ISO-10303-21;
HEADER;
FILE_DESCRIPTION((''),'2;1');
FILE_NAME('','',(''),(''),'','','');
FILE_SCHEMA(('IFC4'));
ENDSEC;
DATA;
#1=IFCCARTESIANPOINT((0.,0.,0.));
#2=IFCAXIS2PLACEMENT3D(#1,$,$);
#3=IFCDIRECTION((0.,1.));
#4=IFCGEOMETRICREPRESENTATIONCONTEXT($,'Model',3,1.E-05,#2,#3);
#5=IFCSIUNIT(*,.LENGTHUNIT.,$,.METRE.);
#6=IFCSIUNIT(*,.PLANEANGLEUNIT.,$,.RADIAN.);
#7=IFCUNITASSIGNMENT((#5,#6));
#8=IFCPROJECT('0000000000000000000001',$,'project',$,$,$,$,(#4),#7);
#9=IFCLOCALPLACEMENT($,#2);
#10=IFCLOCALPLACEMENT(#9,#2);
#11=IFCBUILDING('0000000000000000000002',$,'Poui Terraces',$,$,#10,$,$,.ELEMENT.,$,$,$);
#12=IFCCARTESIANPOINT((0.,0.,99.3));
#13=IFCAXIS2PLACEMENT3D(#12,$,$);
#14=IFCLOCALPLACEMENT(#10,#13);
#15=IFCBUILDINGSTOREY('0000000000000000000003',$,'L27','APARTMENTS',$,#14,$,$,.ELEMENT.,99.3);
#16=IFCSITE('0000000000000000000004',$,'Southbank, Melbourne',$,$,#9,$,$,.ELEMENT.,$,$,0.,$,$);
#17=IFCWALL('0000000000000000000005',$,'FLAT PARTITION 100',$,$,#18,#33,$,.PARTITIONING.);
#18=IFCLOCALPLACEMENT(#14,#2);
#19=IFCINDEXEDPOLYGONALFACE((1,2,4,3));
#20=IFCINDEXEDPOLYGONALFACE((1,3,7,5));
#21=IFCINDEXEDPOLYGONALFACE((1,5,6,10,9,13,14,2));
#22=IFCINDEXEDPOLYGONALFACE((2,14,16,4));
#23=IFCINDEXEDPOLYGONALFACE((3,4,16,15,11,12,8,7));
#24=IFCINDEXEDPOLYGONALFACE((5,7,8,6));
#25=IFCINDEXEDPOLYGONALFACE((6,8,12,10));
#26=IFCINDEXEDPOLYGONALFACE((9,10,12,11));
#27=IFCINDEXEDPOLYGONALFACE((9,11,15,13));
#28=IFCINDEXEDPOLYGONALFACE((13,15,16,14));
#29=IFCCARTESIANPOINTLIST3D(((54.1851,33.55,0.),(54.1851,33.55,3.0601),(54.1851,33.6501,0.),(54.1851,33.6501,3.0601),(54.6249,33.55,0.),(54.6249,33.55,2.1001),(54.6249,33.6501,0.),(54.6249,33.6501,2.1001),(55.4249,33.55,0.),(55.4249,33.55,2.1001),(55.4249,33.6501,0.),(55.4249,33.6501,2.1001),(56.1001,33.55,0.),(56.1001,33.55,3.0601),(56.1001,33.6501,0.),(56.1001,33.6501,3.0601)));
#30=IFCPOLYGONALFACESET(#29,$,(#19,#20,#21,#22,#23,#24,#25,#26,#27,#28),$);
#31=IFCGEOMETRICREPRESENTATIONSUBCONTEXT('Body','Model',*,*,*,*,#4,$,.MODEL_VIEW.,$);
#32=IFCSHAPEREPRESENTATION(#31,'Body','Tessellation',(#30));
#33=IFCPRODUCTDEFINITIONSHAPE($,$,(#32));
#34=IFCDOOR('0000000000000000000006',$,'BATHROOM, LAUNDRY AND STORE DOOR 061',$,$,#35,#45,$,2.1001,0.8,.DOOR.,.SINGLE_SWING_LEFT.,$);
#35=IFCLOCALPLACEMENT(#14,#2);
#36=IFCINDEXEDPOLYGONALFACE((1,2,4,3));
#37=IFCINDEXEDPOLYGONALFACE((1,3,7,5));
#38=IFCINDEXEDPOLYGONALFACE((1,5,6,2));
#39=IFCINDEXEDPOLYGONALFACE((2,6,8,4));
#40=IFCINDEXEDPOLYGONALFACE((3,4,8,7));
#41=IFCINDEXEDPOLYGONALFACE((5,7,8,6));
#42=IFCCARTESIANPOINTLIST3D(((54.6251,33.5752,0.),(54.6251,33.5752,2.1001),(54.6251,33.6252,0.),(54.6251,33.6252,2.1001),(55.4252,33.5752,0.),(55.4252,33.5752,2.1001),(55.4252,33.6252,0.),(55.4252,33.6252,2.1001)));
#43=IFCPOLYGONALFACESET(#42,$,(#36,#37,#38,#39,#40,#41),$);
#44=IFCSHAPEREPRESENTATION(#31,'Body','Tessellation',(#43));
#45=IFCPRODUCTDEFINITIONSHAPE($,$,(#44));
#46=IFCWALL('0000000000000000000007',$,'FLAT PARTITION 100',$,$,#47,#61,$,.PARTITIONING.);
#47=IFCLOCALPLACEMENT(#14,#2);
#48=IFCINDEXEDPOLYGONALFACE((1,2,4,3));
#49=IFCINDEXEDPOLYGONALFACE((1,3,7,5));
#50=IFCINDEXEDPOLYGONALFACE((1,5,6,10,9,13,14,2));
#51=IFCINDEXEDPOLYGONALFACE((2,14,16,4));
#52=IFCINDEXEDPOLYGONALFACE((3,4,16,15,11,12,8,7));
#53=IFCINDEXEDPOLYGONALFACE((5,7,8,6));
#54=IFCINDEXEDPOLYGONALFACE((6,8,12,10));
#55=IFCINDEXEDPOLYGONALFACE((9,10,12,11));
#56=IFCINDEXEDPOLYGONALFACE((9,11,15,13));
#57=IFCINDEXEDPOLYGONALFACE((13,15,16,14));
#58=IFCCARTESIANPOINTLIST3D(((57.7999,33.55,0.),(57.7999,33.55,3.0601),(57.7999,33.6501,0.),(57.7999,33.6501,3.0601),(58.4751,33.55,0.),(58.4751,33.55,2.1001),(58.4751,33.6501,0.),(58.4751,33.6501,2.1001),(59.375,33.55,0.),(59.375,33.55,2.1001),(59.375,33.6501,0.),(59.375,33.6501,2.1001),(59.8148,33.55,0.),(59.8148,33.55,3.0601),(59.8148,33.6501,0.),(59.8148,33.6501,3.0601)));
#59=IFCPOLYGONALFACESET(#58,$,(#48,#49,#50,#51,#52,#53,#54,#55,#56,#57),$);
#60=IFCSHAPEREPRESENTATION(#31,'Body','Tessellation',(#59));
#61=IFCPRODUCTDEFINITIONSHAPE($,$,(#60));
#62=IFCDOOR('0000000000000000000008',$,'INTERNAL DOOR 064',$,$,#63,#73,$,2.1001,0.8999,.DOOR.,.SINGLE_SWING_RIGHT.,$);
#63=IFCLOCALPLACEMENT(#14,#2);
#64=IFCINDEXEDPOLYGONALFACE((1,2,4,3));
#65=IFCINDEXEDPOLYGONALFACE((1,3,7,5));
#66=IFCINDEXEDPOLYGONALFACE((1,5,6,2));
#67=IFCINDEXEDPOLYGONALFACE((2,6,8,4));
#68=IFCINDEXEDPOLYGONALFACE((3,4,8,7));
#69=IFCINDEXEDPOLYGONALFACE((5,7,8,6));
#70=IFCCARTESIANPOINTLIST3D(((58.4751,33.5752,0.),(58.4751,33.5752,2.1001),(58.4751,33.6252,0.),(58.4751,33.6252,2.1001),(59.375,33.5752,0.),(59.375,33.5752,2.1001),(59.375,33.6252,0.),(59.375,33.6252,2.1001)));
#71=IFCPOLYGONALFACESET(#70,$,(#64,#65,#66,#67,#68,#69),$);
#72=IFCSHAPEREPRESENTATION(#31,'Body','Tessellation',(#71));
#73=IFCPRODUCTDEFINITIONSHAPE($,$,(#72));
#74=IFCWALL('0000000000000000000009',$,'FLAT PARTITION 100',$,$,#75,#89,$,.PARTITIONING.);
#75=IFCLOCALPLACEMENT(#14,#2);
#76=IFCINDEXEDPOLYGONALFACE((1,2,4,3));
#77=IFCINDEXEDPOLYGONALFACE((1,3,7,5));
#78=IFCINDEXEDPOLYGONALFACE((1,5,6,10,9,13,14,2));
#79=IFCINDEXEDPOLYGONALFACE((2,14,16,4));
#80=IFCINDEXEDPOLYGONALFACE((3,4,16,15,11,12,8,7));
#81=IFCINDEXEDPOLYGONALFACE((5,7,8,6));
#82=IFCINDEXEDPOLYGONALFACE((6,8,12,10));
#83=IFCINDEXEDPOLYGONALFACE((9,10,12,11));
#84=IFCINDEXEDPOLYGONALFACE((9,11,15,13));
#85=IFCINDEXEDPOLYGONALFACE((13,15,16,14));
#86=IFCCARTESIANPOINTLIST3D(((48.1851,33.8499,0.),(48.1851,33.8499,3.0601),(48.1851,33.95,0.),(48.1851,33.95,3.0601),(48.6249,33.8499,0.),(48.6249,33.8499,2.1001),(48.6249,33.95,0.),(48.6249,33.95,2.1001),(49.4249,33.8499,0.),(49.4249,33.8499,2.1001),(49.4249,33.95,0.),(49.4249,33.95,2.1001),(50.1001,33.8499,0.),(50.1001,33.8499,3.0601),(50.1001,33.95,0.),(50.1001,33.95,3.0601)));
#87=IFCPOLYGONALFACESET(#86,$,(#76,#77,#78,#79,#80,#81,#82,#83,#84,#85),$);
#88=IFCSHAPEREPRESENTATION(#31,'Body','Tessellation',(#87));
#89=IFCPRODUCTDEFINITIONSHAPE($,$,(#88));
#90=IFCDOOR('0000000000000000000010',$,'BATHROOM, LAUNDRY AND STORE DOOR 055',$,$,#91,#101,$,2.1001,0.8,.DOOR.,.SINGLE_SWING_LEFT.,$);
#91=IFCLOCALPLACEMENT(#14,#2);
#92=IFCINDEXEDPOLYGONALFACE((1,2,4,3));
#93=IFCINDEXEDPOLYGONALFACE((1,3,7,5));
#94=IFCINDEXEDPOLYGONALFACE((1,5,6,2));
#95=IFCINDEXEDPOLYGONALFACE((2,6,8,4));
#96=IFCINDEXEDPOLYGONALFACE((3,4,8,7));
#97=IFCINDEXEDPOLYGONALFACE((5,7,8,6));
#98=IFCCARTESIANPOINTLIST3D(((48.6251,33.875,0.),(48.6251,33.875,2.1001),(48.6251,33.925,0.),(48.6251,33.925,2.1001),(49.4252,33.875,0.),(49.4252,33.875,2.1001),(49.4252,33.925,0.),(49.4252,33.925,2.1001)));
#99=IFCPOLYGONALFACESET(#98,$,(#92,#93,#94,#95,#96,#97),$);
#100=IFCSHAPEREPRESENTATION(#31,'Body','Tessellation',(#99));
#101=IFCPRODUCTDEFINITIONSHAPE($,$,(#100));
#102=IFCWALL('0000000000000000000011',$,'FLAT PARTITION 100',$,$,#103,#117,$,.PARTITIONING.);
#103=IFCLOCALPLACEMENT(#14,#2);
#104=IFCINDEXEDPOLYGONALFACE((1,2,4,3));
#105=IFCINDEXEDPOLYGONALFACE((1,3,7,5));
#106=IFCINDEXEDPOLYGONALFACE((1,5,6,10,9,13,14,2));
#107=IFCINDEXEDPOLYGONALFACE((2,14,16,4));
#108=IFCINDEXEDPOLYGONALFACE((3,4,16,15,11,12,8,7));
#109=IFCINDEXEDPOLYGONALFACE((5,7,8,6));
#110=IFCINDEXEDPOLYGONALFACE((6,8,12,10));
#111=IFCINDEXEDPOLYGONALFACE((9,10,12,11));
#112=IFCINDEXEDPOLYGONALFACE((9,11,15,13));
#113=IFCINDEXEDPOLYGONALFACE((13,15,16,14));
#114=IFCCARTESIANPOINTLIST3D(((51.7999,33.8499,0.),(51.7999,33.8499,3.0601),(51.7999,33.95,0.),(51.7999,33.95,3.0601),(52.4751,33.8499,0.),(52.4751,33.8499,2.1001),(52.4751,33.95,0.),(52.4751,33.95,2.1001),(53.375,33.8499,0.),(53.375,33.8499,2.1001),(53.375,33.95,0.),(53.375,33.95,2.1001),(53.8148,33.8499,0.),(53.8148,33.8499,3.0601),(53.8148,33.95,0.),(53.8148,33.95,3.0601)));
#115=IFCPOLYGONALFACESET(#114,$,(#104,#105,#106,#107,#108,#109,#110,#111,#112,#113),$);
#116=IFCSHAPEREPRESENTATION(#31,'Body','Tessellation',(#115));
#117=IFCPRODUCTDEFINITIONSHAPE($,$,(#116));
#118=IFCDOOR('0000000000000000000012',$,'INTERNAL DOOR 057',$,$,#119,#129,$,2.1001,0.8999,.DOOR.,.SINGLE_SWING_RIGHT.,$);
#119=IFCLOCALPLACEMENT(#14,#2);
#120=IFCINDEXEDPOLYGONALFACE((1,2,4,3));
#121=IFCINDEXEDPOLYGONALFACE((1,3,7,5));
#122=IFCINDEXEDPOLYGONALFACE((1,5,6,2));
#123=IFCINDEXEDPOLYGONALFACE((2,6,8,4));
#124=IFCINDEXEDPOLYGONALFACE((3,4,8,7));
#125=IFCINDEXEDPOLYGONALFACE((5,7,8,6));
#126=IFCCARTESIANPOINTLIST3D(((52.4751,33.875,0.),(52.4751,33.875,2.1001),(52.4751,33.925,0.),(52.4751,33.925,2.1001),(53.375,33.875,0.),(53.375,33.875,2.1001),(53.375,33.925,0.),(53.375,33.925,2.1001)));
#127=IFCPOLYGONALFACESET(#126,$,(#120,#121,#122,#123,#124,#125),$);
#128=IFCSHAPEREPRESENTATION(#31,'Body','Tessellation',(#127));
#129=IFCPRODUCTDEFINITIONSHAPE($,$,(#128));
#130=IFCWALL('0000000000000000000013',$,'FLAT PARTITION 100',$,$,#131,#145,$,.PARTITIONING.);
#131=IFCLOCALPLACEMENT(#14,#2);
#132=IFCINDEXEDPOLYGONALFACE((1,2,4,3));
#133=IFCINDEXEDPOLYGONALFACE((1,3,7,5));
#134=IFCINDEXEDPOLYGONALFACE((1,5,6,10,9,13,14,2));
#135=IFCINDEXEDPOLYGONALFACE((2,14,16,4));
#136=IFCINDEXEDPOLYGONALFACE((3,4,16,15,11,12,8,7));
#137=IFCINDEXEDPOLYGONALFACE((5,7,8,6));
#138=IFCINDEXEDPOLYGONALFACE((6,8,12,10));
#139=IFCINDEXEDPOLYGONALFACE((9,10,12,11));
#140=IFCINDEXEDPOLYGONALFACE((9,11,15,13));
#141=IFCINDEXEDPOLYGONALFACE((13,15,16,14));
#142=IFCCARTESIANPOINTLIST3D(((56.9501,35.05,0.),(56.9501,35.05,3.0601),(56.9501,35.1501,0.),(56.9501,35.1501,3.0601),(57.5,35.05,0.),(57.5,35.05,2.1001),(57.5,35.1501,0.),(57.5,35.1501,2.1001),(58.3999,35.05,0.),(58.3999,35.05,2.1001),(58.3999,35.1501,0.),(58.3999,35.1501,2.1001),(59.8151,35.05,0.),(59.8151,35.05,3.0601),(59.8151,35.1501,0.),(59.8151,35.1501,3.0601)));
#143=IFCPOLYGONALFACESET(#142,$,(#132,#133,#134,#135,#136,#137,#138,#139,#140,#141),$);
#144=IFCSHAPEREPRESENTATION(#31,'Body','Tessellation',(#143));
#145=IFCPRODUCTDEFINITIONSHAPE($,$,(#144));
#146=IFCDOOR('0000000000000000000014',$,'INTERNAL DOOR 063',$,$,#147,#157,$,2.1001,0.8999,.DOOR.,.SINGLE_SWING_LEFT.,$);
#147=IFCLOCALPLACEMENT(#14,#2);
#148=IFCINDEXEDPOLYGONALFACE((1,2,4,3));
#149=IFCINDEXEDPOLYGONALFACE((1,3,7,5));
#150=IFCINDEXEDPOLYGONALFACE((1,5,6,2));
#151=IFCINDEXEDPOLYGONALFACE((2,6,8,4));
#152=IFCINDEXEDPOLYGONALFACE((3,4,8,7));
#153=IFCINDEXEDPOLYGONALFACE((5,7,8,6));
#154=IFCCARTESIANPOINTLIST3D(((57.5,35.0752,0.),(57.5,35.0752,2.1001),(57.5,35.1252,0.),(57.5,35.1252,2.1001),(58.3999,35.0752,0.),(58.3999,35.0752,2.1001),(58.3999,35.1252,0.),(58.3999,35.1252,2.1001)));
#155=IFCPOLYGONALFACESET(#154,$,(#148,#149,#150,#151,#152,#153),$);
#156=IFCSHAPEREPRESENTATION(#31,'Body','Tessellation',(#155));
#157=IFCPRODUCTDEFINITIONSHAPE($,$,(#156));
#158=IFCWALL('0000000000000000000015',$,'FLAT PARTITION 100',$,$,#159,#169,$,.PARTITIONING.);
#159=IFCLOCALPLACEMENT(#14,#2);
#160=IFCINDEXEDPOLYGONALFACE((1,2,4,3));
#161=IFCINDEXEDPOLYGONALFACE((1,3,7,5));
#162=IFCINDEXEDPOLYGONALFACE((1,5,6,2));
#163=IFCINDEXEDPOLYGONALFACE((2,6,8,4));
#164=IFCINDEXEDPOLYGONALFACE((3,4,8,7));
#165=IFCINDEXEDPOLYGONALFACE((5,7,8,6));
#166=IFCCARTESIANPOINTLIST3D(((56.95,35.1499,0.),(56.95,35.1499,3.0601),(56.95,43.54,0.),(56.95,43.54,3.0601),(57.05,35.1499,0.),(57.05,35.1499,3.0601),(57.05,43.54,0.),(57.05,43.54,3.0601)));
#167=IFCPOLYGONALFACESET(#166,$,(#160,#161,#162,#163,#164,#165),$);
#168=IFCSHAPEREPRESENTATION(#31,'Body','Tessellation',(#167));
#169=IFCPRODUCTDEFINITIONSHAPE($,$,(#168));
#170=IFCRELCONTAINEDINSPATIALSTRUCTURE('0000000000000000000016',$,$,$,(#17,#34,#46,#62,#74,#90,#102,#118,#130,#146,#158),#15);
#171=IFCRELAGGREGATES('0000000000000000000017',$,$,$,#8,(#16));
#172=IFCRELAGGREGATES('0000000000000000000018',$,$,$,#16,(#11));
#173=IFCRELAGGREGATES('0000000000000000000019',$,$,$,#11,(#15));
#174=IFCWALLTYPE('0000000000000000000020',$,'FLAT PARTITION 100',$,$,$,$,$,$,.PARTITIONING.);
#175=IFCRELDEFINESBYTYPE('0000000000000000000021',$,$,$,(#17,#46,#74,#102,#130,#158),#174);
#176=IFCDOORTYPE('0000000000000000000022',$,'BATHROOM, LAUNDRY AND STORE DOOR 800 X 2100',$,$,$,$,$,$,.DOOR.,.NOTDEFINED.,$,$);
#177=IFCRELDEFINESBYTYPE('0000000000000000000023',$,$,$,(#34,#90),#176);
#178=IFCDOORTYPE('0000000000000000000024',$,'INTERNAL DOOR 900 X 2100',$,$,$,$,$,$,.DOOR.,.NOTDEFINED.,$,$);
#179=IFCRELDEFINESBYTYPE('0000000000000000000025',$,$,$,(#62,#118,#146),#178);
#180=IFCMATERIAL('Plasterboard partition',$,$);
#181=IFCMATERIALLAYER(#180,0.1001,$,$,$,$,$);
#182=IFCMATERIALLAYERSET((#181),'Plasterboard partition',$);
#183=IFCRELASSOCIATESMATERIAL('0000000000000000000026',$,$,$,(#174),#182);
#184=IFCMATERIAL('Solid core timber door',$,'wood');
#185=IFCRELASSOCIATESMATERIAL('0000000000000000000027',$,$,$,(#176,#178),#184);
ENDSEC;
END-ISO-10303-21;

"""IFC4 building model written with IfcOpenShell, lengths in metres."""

from ifc_helpers import new_model, si_unit, direction, frame, frame_2d, origin, place, context, subcontext, project, spatial, rectangle, extrude, material, layer, layer_set, type_object, element, fill, save


model = new_model("IFC4")

# Units and contexts
model_context = context("Model", 3, precision=1e-05, world=origin(), true_north=direction((0.0, 1.0)))
body_context = subcontext(model_context, "Body", "Model", "MODEL_VIEW")
ifc_project = project(units=[si_unit("LENGTHUNIT", "METRE"), si_unit("PLANEANGLEUNIT", "RADIAN")], contexts=[model_context])

# Site, building, storey
site_placement = place(None, origin())
site = spatial("IfcSite", under=ifc_project, at=site_placement, Name="Southbank, Melbourne", CompositionType="ELEMENT", RefElevation=0.0)
building_placement = place(site_placement, origin())
building = spatial("IfcBuilding", under=site, at=building_placement, Name="Poui Terraces", CompositionType="ELEMENT")
storey_placement = place(building_placement, frame((0.0, 0.0, 99.3)))
storey = spatial("IfcBuildingStorey", under=building, at=storey_placement, Name="L27", Description="APARTMENTS", CompositionType="ELEMENT", Elevation=99.3)

# Walls, openings, doors
ifc_material_1 = material(Name="Plasterboard partition")
ifc_layer_1 = layer(ifc_material_1, 0.1001)
ifc_layer_set_1 = layer_set([ifc_layer_1], Name="Plasterboard partition")
wall_type_1 = type_object("IfcWallType", Name="FLAT PARTITION 100", PredefinedType="PARTITIONING", material=ifc_layer_set_1)
wall_1_placement = place(storey_placement, frame((54.1851, 33.6001, 0.0), z_axis=(0.0, 0.0, 1.0), x_axis=(1.0, 0.0, 0.0)))
wall_1 = element("IfcWall", 1, at=wall_1_placement, inside=storey, type_object=wall_type_1, Name="FLAT PARTITION 100", PredefinedType="PARTITIONING", context=body_context, shape_type="SweptSolid", body=[
    extrude(rectangle(XDim=1.915, YDim=0.1001, at=frame_2d((0.9575, 0.0))), origin(), (0.0, 0.0, 1.0), 3.0601),
])
opening_1_placement = place(wall_1_placement, frame((0.4399, 0.0, 0.0)))
opening_1 = element("IfcOpeningElement", 2, at=opening_1_placement, cuts=wall_1, PredefinedType="OPENING", context=body_context, shape_type="SweptSolid", body=[
    extrude(rectangle(XDim=0.8, YDim=2.1001, at=frame_2d((0.3999, 1.05))), frame((0.0, 0.0601, 0.0), z_axis=(0.0, -1.0, 0.0), x_axis=(1.0, 0.0, 0.0)), (0.0, 0.0, 1.0), 0.1201),
])
ifc_material_2 = material(Name="Solid core timber door", Category="wood")
door_type_1 = type_object("IfcDoorType", Name="BATHROOM, LAUNDRY AND STORE DOOR 800 X 2100", OperationType="NOTDEFINED", PredefinedType="DOOR", material=ifc_material_2)
door_1_placement = place(opening_1_placement, frame((0.8, 0.0, 0.0), z_axis=(0.0, 0.0, 1.0), x_axis=(-1.0, 0.0, 0.0)))
door_1 = element("IfcDoor", 3, at=door_1_placement, inside=storey, type_object=door_type_1, Name="BATHROOM, LAUNDRY AND STORE DOOR 061", OperationType="SINGLE_SWING_LEFT", OverallHeight=2.1001, OverallWidth=0.8, PredefinedType="DOOR", context=body_context, shape_type="SweptSolid", body=[
    extrude(rectangle(XDim=0.8, YDim=2.1001, at=frame_2d((0.3999, 1.05))), frame((0.0, 0.0249, 0.0), z_axis=(0.0, -1.0, 0.0), x_axis=(1.0, 0.0, 0.0)), (0.0, 0.0, 1.0), 0.05),
])
fill(opening_1, door_1)
wall_2_placement = place(storey_placement, frame((57.8, 33.6001, 0.0), z_axis=(0.0, 0.0, 1.0), x_axis=(1.0, 0.0, 0.0)))
wall_2 = element("IfcWall", 4, at=wall_2_placement, inside=storey, type_object=wall_type_1, Name="FLAT PARTITION 100", PredefinedType="PARTITIONING", context=body_context, shape_type="SweptSolid", body=[
    extrude(rectangle(XDim=2.0149, YDim=0.1001, at=frame_2d((1.0073, 0.0))), origin(), (0.0, 0.0, 1.0), 3.0601),
])
opening_2_placement = place(wall_2_placement, frame((0.675, 0.0, 0.0)))
opening_2 = element("IfcOpeningElement", 5, at=opening_2_placement, cuts=wall_2, PredefinedType="OPENING", context=body_context, shape_type="SweptSolid", body=[
    extrude(rectangle(XDim=0.8999, YDim=2.1001, at=frame_2d((0.45, 1.05))), frame((0.0, 0.0601, 0.0), z_axis=(0.0, -1.0, 0.0), x_axis=(1.0, 0.0, 0.0)), (0.0, 0.0, 1.0), 0.1201),
])
door_type_2 = type_object("IfcDoorType", Name="INTERNAL DOOR 900 X 2100", OperationType="NOTDEFINED", PredefinedType="DOOR", material=ifc_material_2)
door_2_placement = place(opening_2_placement, frame((0.8999, 0.0, 0.0), z_axis=(0.0, 0.0, 1.0), x_axis=(-1.0, 0.0, 0.0)))
door_2 = element("IfcDoor", 6, at=door_2_placement, inside=storey, type_object=door_type_2, Name="INTERNAL DOOR 064", OperationType="SINGLE_SWING_RIGHT", OverallHeight=2.1001, OverallWidth=0.8999, PredefinedType="DOOR", context=body_context, shape_type="SweptSolid", body=[
    extrude(rectangle(XDim=0.8999, YDim=2.1001, at=frame_2d((0.45, 1.05))), frame((0.0, 0.0249, 0.0), z_axis=(0.0, -1.0, 0.0), x_axis=(1.0, 0.0, 0.0)), (0.0, 0.0, 1.0), 0.05),
])
fill(opening_2, door_2)
wall_3_placement = place(storey_placement, frame((48.1851, 33.8999, 0.0), z_axis=(0.0, 0.0, 1.0), x_axis=(1.0, 0.0, 0.0)))
wall_3 = element("IfcWall", 7, at=wall_3_placement, inside=storey, type_object=wall_type_1, Name="FLAT PARTITION 100", PredefinedType="PARTITIONING", context=body_context, shape_type="SweptSolid", body=[
    extrude(rectangle(XDim=1.915, YDim=0.1001, at=frame_2d((0.9575, 0.0))), origin(), (0.0, 0.0, 1.0), 3.0601),
])
opening_3_placement = place(wall_3_placement, frame((0.4399, 0.0, 0.0)))
opening_3 = element("IfcOpeningElement", 8, at=opening_3_placement, cuts=wall_3, PredefinedType="OPENING", context=body_context, shape_type="SweptSolid", body=[
    extrude(rectangle(XDim=0.8, YDim=2.1001, at=frame_2d((0.3999, 1.05))), frame((0.0, 0.0601, 0.0), z_axis=(0.0, -1.0, 0.0), x_axis=(1.0, 0.0, 0.0)), (0.0, 0.0, 1.0), 0.1201),
])
door_3_placement = place(opening_3_placement, frame((0.8, 0.0, 0.0), z_axis=(0.0, 0.0, 1.0), x_axis=(-1.0, 0.0, 0.0)))
door_3 = element("IfcDoor", 9, at=door_3_placement, inside=storey, type_object=door_type_1, Name="BATHROOM, LAUNDRY AND STORE DOOR 055", OperationType="SINGLE_SWING_LEFT", OverallHeight=2.1001, OverallWidth=0.8, PredefinedType="DOOR", context=body_context, shape_type="SweptSolid", body=[
    extrude(rectangle(XDim=0.8, YDim=2.1001, at=frame_2d((0.3999, 1.05))), frame((0.0, 0.0249, 0.0), z_axis=(0.0, -1.0, 0.0), x_axis=(1.0, 0.0, 0.0)), (0.0, 0.0, 1.0), 0.05),
])
fill(opening_3, door_3)
wall_4_placement = place(storey_placement, frame((51.8, 33.8999, 0.0), z_axis=(0.0, 0.0, 1.0), x_axis=(1.0, 0.0, 0.0)))
wall_4 = element("IfcWall", 10, at=wall_4_placement, inside=storey, type_object=wall_type_1, Name="FLAT PARTITION 100", PredefinedType="PARTITIONING", context=body_context, shape_type="SweptSolid", body=[
    extrude(rectangle(XDim=2.0149, YDim=0.1001, at=frame_2d((1.0073, 0.0))), origin(), (0.0, 0.0, 1.0), 3.0601),
])
opening_4_placement = place(wall_4_placement, frame((0.675, 0.0, 0.0)))
opening_4 = element("IfcOpeningElement", 11, at=opening_4_placement, cuts=wall_4, PredefinedType="OPENING", context=body_context, shape_type="SweptSolid", body=[
    extrude(rectangle(XDim=0.8999, YDim=2.1001, at=frame_2d((0.45, 1.05))), frame((0.0, 0.0601, 0.0), z_axis=(0.0, -1.0, 0.0), x_axis=(1.0, 0.0, 0.0)), (0.0, 0.0, 1.0), 0.1201),
])
door_4_placement = place(opening_4_placement, frame((0.8999, 0.0, 0.0), z_axis=(0.0, 0.0, 1.0), x_axis=(-1.0, 0.0, 0.0)))
door_4 = element("IfcDoor", 12, at=door_4_placement, inside=storey, type_object=door_type_2, Name="INTERNAL DOOR 057", OperationType="SINGLE_SWING_RIGHT", OverallHeight=2.1001, OverallWidth=0.8999, PredefinedType="DOOR", context=body_context, shape_type="SweptSolid", body=[
    extrude(rectangle(XDim=0.8999, YDim=2.1001, at=frame_2d((0.45, 1.05))), frame((0.0, 0.0249, 0.0), z_axis=(0.0, -1.0, 0.0), x_axis=(1.0, 0.0, 0.0)), (0.0, 0.0, 1.0), 0.05),
])
fill(opening_4, door_4)
wall_5_placement = place(storey_placement, frame((56.95, 35.1001, 0.0), z_axis=(0.0, 0.0, 1.0), x_axis=(1.0, 0.0, 0.0)))
wall_5 = element("IfcWall", 13, at=wall_5_placement, inside=storey, type_object=wall_type_1, Name="FLAT PARTITION 100", PredefinedType="PARTITIONING", context=body_context, shape_type="SweptSolid", body=[
    extrude(rectangle(XDim=2.865, YDim=0.1001, at=frame_2d((1.4326, 0.0))), origin(), (0.0, 0.0, 1.0), 3.0601),
])
opening_5_placement = place(wall_5_placement, frame((0.55, 0.0, 0.0)))
opening_5 = element("IfcOpeningElement", 14, at=opening_5_placement, cuts=wall_5, PredefinedType="OPENING", context=body_context, shape_type="SweptSolid", body=[
    extrude(rectangle(XDim=0.8999, YDim=2.1001, at=frame_2d((0.45, 1.05))), frame((0.0, 0.0601, 0.0), z_axis=(0.0, -1.0, 0.0), x_axis=(1.0, 0.0, 0.0)), (0.0, 0.0, 1.0), 0.1201),
])
door_5_placement = place(opening_5_placement, frame((0.8999, 0.0, 0.0), z_axis=(0.0, 0.0, 1.0), x_axis=(-1.0, 0.0, 0.0)))
door_5 = element("IfcDoor", 15, at=door_5_placement, inside=storey, type_object=door_type_2, Name="INTERNAL DOOR 063", OperationType="SINGLE_SWING_LEFT", OverallHeight=2.1001, OverallWidth=0.8999, PredefinedType="DOOR", context=body_context, shape_type="SweptSolid", body=[
    extrude(rectangle(XDim=0.8999, YDim=2.1001, at=frame_2d((0.45, 1.05))), frame((0.0, 0.0249, 0.0), z_axis=(0.0, -1.0, 0.0), x_axis=(1.0, 0.0, 0.0)), (0.0, 0.0, 1.0), 0.05),
])
fill(opening_5, door_5)

# Wall
wall_6_placement = place(storey_placement, frame((57.0, 35.1499, 0.0), z_axis=(0.0, 0.0, 1.0), x_axis=(0.0, 1.0, 0.0)))
element("IfcWall", 16, at=wall_6_placement, inside=storey, type_object=wall_type_1, Name="FLAT PARTITION 100", PredefinedType="PARTITIONING", context=body_context, shape_type="SweptSolid", body=[
    extrude(rectangle(XDim=8.3901, YDim=0.1001, at=frame_2d((4.1951, 0.0))), origin(), (0.0, 0.0, 1.0), 3.0601),
])

save(model, "model.ifc")
